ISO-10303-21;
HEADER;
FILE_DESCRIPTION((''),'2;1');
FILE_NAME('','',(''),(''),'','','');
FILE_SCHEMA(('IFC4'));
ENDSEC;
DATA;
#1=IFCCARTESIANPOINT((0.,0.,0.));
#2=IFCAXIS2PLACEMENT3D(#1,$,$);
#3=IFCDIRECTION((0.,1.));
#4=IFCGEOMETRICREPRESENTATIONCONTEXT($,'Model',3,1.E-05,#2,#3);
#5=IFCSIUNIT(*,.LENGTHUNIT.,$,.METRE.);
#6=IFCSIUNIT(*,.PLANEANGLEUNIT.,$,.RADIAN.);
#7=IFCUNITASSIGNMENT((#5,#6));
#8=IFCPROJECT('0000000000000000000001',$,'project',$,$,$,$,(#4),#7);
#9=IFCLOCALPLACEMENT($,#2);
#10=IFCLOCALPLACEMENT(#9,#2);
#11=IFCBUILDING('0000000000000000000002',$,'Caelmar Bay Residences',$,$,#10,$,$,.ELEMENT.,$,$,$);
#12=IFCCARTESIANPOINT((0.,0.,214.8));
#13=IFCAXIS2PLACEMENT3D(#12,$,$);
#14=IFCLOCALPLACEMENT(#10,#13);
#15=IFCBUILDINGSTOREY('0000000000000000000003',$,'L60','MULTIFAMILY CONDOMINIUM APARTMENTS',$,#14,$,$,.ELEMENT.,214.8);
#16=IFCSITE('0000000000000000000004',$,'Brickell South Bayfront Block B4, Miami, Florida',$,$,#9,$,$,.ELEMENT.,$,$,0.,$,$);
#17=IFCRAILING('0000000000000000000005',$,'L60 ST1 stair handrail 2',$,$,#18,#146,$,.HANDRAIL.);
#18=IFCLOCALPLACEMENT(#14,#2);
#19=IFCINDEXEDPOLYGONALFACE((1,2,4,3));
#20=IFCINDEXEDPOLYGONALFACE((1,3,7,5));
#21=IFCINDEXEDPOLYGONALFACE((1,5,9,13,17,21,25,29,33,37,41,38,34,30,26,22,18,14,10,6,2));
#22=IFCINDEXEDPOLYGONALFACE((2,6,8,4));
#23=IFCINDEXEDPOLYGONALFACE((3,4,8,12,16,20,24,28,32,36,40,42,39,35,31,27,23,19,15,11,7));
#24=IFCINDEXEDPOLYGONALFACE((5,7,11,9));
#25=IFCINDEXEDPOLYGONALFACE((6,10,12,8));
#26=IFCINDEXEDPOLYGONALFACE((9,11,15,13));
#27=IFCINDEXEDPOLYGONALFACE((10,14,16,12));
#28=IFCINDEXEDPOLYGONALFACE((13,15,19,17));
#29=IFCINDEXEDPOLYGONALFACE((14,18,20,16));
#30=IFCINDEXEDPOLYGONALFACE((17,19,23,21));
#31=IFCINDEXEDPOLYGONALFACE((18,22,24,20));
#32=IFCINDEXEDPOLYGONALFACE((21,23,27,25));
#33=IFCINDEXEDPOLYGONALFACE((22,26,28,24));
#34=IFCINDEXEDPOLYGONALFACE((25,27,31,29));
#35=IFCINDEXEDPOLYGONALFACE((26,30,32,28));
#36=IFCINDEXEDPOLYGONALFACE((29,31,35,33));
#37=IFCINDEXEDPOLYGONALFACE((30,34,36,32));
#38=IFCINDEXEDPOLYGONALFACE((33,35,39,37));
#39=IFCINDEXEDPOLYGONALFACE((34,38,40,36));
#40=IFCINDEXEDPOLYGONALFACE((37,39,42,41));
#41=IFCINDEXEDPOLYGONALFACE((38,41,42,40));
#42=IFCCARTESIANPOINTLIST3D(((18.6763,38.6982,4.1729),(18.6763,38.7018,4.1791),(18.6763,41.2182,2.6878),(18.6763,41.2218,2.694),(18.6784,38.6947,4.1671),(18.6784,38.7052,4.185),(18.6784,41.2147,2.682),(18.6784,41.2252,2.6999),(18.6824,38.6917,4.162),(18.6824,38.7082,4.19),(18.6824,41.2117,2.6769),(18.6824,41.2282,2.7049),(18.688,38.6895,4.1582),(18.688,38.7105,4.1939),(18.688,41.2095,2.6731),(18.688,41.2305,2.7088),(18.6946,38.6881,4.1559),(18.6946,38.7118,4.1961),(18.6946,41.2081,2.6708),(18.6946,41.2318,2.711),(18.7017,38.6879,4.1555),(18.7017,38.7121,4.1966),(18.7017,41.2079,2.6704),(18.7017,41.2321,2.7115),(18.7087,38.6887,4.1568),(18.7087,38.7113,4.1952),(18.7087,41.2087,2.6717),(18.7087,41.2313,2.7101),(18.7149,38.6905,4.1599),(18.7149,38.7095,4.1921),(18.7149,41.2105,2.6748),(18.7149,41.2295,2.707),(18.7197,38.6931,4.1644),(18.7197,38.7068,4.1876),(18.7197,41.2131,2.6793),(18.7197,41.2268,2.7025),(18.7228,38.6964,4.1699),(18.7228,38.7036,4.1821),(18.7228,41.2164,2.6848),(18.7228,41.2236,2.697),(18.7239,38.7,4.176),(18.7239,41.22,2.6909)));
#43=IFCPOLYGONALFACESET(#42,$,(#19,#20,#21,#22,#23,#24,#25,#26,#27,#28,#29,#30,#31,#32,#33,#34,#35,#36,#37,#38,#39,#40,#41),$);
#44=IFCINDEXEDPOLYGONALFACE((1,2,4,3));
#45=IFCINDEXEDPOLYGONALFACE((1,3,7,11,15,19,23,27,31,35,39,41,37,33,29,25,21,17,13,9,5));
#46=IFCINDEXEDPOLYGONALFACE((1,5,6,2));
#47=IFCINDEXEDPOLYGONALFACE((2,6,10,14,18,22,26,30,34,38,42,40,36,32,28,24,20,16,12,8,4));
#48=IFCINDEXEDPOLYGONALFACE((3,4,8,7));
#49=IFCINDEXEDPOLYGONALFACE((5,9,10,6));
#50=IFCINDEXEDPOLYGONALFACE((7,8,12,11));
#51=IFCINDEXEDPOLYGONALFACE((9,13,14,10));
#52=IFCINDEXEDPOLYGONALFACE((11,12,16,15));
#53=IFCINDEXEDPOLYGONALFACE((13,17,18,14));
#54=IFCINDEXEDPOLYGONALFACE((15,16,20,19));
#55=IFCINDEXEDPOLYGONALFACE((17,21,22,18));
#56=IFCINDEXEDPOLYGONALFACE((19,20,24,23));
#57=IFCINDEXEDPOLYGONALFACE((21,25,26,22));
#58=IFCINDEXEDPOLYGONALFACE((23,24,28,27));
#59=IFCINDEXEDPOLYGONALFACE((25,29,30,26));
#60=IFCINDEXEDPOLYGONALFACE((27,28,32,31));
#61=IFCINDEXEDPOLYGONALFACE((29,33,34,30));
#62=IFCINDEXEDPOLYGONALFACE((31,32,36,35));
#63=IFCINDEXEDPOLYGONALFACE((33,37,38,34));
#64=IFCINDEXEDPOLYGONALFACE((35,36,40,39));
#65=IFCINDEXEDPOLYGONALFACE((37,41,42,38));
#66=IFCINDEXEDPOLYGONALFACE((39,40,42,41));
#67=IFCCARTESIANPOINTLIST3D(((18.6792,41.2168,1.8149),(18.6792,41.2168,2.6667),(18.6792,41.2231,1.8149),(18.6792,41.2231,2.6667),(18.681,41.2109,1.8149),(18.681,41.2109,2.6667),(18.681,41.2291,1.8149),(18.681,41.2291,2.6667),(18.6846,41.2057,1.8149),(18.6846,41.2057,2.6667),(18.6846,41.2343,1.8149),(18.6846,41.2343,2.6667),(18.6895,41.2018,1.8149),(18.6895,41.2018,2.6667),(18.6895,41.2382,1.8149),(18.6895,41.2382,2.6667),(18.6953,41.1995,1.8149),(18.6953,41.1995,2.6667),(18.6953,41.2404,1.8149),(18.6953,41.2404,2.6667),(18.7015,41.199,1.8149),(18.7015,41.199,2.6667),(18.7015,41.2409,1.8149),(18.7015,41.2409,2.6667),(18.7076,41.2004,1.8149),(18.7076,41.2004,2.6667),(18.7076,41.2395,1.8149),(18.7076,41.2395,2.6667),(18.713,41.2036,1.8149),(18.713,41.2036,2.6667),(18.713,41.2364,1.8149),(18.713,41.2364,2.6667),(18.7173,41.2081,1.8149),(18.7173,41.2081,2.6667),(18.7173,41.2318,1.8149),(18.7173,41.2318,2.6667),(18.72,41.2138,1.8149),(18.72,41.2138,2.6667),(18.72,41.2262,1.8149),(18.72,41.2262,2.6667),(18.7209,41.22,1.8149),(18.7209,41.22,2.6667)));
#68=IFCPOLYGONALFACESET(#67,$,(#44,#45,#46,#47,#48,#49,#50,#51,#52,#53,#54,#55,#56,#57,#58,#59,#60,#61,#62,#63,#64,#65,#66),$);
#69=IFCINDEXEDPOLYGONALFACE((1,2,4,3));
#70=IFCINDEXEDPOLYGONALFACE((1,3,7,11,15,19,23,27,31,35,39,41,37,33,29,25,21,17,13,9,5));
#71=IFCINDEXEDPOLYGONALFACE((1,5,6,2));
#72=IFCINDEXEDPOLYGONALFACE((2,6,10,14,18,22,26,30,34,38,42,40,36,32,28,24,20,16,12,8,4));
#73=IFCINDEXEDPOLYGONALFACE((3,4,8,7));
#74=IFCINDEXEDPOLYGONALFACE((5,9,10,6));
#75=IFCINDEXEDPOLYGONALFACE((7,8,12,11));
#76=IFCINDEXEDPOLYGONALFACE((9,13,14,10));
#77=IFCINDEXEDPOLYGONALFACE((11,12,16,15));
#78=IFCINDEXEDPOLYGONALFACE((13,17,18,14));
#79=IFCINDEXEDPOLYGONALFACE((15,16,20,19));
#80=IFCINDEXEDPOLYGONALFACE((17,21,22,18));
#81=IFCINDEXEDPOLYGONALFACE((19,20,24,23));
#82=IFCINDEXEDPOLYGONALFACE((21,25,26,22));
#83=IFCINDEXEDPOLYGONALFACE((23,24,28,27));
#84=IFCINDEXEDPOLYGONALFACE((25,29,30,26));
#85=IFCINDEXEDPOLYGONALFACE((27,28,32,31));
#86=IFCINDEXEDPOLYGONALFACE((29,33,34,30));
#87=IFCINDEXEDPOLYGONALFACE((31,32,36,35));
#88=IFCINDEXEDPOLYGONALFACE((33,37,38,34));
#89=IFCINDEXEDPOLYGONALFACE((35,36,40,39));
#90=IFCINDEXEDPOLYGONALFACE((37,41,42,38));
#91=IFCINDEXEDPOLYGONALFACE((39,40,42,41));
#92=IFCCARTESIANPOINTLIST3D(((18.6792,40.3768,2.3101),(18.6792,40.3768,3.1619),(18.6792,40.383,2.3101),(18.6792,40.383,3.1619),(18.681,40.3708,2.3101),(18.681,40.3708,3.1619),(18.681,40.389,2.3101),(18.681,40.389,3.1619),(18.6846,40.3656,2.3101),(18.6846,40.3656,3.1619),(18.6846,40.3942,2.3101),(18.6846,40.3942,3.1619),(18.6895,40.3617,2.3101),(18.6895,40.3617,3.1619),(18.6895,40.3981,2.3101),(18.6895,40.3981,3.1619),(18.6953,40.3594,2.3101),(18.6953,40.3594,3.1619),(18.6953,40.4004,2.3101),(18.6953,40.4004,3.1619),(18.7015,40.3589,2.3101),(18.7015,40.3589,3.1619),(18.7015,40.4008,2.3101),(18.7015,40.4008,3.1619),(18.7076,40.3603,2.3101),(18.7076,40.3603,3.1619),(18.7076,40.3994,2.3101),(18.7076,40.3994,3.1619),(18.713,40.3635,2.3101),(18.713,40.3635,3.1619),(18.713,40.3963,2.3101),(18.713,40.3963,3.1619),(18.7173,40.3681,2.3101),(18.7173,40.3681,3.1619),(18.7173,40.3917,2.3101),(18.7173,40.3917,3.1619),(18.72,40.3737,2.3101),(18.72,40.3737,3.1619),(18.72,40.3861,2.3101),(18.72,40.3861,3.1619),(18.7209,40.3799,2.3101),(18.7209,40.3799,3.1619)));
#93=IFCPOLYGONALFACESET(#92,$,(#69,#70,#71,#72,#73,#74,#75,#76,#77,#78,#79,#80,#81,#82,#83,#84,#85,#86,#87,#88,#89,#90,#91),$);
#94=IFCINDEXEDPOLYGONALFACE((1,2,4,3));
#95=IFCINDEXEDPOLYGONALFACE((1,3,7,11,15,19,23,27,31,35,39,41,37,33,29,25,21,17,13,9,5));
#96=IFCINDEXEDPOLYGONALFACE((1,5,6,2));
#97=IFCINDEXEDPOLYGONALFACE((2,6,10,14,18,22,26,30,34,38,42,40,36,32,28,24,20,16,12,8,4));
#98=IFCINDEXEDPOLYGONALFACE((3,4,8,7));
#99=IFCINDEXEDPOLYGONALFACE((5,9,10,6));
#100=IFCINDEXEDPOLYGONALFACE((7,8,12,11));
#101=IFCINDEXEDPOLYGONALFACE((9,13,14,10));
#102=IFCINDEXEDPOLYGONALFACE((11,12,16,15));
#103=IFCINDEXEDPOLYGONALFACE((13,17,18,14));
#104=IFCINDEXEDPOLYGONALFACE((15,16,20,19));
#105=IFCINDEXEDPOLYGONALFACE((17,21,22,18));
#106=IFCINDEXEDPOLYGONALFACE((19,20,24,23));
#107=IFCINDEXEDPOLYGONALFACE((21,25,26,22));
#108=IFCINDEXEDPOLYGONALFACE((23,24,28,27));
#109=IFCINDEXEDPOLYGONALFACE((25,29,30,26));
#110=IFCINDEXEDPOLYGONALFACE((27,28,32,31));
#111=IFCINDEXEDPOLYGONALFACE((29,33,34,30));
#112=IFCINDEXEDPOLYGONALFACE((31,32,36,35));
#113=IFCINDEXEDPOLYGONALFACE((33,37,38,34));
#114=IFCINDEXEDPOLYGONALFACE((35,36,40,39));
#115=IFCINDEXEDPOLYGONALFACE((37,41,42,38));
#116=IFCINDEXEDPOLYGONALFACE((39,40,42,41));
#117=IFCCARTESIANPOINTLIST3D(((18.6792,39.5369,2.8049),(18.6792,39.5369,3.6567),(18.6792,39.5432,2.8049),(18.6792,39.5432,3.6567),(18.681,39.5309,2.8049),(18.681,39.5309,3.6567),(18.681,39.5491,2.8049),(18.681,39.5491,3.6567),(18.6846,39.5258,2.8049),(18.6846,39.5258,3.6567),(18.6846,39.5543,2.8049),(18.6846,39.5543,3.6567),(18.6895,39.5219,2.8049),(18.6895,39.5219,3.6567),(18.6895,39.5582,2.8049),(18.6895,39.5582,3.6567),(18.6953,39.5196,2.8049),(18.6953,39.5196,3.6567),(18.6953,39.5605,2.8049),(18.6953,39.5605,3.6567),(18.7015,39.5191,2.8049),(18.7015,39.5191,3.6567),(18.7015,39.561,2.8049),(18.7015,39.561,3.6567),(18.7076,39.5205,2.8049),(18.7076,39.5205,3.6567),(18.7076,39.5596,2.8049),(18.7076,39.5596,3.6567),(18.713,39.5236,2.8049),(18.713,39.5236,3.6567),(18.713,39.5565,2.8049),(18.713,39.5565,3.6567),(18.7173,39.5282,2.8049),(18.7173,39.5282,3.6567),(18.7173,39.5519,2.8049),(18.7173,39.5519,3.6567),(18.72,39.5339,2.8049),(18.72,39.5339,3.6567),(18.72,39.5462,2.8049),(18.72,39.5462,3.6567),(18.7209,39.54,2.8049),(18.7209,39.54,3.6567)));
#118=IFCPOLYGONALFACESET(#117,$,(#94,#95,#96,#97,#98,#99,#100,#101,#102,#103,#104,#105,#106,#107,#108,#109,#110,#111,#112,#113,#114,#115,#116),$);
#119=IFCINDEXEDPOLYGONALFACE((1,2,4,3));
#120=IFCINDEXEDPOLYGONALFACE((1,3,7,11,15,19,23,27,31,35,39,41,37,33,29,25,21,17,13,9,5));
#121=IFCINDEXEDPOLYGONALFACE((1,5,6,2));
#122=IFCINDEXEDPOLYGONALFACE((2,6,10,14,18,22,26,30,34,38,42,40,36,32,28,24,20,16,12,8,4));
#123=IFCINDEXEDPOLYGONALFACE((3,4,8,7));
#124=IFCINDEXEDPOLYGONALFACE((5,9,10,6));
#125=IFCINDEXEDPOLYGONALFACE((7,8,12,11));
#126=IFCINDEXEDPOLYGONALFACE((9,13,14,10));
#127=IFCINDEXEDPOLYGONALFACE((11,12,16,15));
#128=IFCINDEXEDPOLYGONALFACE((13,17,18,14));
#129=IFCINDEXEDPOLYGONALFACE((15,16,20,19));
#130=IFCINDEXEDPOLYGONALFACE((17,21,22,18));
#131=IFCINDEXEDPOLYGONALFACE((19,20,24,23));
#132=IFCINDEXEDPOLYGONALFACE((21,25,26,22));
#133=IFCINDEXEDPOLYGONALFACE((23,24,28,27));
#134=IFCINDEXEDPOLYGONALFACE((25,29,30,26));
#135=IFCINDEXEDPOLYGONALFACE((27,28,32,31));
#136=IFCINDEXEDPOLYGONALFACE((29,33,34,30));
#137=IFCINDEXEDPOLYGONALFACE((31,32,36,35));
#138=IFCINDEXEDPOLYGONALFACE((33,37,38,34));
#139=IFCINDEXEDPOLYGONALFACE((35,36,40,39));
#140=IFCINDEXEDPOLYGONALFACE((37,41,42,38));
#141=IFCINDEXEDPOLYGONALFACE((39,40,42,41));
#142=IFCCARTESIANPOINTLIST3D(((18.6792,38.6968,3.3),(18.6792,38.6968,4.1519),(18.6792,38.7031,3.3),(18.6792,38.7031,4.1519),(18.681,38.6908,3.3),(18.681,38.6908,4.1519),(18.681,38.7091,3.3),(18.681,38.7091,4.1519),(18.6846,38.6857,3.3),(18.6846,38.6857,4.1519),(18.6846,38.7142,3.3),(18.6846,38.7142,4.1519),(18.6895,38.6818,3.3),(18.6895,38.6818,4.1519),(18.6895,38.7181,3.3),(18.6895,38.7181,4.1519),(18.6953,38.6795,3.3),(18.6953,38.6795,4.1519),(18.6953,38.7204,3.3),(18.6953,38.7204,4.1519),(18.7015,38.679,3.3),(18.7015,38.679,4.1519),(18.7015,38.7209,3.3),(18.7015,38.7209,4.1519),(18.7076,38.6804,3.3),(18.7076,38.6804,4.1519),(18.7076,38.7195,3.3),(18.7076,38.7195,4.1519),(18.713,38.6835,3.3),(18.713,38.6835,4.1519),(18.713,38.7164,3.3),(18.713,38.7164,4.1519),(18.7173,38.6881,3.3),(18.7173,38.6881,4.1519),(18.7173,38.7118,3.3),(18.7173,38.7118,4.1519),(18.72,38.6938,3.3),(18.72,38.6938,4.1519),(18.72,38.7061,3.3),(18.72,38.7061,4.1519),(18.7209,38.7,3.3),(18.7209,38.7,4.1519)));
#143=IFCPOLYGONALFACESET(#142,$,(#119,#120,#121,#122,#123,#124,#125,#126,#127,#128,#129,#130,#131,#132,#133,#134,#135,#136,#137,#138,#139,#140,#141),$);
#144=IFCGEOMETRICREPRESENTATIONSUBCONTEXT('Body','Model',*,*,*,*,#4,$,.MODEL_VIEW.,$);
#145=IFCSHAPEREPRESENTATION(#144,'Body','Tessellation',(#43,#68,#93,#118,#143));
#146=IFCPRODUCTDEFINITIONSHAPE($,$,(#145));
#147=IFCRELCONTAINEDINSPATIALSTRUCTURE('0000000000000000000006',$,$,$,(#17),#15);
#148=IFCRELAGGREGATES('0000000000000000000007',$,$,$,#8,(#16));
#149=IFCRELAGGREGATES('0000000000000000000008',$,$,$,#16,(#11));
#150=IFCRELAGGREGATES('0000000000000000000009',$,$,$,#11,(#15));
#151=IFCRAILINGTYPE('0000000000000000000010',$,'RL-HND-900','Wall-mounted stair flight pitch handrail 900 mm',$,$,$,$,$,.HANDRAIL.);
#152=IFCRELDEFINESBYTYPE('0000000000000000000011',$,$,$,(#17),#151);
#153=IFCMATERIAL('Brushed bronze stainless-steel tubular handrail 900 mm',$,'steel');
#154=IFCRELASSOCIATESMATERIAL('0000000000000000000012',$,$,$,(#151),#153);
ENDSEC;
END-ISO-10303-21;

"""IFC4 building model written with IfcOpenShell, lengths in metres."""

from ifc_helpers import new_model, si_unit, direction, frame, origin, origin_2d, place, context, subcontext, project, spatial, circle, extrude, material, type_object, element, save


model = new_model("IFC4")

# Units and contexts
model_context = context("Model", 3, precision=1e-05, world=origin(), true_north=direction((0.0, 1.0)))
body_context = subcontext(model_context, "Body", "Model", "MODEL_VIEW")
ifc_project = project(units=[si_unit("LENGTHUNIT", "METRE"), si_unit("PLANEANGLEUNIT", "RADIAN")], contexts=[model_context])

# Site, building, storey
site_placement = place(None, origin())
site = spatial("IfcSite", under=ifc_project, at=site_placement, Name="Brickell South Bayfront Block B4, Miami, Florida", CompositionType="ELEMENT", RefElevation=0.0)
building_placement = place(site_placement, origin())
building = spatial("IfcBuilding", under=site, at=building_placement, Name="Caelmar Bay Residences", CompositionType="ELEMENT")
storey_placement = place(building_placement, frame((0.0, 0.0, 214.8)))
storey = spatial("IfcBuildingStorey", under=building, at=storey_placement, Name="L60", Description="MULTIFAMILY CONDOMINIUM APARTMENTS", CompositionType="ELEMENT", Elevation=214.8)

# Railing
ifc_material_1 = material(Name="Brushed bronze stainless-steel tubular handrail 900 mm", Category="steel")
railing_type_1 = type_object("IfcRailingType", Name="RL-HND-900", Description="Wall-mounted stair flight pitch handrail 900 mm", PredefinedType="HANDRAIL", material=ifc_material_1)
for number, where, name in (
    (1, (18.7, 41.22, 1.8149), "L60 ST1 stair handrail 2"),
):
    element("IfcRailing", number, at=place(storey_placement, frame(where)), inside=storey, type_object=railing_type_1, Name=name, PredefinedType="HANDRAIL", context=body_context, shape_type="SweptSolid", body=[
        extrude(circle(Radius=0.0239, at=origin_2d()), frame((0.0, 0.0, 0.876), z_axis=(0.0, -0.861524, 0.507717), x_axis=(1.0, 0.0, 0.0)), (0.0, 0.0, 1.0), 2.925),
        extrude(circle(Radius=0.021, at=origin_2d()), origin(), (0.0, 0.0, 1.0), 0.8518),
        extrude(circle(Radius=0.021, at=origin_2d()), frame((0.0, -0.8401, 0.4951)), (0.0, 0.0, 1.0), 0.8518),
        extrude(circle(Radius=0.021, at=origin_2d()), frame((0.0, -1.6799, 0.99)), (0.0, 0.0, 1.0), 0.8518),
        extrude(circle(Radius=0.021, at=origin_2d()), frame((0.0, -2.52, 1.4851)), (0.0, 0.0, 1.0), 0.8518),
    ])

save(model, "model.ifc")
